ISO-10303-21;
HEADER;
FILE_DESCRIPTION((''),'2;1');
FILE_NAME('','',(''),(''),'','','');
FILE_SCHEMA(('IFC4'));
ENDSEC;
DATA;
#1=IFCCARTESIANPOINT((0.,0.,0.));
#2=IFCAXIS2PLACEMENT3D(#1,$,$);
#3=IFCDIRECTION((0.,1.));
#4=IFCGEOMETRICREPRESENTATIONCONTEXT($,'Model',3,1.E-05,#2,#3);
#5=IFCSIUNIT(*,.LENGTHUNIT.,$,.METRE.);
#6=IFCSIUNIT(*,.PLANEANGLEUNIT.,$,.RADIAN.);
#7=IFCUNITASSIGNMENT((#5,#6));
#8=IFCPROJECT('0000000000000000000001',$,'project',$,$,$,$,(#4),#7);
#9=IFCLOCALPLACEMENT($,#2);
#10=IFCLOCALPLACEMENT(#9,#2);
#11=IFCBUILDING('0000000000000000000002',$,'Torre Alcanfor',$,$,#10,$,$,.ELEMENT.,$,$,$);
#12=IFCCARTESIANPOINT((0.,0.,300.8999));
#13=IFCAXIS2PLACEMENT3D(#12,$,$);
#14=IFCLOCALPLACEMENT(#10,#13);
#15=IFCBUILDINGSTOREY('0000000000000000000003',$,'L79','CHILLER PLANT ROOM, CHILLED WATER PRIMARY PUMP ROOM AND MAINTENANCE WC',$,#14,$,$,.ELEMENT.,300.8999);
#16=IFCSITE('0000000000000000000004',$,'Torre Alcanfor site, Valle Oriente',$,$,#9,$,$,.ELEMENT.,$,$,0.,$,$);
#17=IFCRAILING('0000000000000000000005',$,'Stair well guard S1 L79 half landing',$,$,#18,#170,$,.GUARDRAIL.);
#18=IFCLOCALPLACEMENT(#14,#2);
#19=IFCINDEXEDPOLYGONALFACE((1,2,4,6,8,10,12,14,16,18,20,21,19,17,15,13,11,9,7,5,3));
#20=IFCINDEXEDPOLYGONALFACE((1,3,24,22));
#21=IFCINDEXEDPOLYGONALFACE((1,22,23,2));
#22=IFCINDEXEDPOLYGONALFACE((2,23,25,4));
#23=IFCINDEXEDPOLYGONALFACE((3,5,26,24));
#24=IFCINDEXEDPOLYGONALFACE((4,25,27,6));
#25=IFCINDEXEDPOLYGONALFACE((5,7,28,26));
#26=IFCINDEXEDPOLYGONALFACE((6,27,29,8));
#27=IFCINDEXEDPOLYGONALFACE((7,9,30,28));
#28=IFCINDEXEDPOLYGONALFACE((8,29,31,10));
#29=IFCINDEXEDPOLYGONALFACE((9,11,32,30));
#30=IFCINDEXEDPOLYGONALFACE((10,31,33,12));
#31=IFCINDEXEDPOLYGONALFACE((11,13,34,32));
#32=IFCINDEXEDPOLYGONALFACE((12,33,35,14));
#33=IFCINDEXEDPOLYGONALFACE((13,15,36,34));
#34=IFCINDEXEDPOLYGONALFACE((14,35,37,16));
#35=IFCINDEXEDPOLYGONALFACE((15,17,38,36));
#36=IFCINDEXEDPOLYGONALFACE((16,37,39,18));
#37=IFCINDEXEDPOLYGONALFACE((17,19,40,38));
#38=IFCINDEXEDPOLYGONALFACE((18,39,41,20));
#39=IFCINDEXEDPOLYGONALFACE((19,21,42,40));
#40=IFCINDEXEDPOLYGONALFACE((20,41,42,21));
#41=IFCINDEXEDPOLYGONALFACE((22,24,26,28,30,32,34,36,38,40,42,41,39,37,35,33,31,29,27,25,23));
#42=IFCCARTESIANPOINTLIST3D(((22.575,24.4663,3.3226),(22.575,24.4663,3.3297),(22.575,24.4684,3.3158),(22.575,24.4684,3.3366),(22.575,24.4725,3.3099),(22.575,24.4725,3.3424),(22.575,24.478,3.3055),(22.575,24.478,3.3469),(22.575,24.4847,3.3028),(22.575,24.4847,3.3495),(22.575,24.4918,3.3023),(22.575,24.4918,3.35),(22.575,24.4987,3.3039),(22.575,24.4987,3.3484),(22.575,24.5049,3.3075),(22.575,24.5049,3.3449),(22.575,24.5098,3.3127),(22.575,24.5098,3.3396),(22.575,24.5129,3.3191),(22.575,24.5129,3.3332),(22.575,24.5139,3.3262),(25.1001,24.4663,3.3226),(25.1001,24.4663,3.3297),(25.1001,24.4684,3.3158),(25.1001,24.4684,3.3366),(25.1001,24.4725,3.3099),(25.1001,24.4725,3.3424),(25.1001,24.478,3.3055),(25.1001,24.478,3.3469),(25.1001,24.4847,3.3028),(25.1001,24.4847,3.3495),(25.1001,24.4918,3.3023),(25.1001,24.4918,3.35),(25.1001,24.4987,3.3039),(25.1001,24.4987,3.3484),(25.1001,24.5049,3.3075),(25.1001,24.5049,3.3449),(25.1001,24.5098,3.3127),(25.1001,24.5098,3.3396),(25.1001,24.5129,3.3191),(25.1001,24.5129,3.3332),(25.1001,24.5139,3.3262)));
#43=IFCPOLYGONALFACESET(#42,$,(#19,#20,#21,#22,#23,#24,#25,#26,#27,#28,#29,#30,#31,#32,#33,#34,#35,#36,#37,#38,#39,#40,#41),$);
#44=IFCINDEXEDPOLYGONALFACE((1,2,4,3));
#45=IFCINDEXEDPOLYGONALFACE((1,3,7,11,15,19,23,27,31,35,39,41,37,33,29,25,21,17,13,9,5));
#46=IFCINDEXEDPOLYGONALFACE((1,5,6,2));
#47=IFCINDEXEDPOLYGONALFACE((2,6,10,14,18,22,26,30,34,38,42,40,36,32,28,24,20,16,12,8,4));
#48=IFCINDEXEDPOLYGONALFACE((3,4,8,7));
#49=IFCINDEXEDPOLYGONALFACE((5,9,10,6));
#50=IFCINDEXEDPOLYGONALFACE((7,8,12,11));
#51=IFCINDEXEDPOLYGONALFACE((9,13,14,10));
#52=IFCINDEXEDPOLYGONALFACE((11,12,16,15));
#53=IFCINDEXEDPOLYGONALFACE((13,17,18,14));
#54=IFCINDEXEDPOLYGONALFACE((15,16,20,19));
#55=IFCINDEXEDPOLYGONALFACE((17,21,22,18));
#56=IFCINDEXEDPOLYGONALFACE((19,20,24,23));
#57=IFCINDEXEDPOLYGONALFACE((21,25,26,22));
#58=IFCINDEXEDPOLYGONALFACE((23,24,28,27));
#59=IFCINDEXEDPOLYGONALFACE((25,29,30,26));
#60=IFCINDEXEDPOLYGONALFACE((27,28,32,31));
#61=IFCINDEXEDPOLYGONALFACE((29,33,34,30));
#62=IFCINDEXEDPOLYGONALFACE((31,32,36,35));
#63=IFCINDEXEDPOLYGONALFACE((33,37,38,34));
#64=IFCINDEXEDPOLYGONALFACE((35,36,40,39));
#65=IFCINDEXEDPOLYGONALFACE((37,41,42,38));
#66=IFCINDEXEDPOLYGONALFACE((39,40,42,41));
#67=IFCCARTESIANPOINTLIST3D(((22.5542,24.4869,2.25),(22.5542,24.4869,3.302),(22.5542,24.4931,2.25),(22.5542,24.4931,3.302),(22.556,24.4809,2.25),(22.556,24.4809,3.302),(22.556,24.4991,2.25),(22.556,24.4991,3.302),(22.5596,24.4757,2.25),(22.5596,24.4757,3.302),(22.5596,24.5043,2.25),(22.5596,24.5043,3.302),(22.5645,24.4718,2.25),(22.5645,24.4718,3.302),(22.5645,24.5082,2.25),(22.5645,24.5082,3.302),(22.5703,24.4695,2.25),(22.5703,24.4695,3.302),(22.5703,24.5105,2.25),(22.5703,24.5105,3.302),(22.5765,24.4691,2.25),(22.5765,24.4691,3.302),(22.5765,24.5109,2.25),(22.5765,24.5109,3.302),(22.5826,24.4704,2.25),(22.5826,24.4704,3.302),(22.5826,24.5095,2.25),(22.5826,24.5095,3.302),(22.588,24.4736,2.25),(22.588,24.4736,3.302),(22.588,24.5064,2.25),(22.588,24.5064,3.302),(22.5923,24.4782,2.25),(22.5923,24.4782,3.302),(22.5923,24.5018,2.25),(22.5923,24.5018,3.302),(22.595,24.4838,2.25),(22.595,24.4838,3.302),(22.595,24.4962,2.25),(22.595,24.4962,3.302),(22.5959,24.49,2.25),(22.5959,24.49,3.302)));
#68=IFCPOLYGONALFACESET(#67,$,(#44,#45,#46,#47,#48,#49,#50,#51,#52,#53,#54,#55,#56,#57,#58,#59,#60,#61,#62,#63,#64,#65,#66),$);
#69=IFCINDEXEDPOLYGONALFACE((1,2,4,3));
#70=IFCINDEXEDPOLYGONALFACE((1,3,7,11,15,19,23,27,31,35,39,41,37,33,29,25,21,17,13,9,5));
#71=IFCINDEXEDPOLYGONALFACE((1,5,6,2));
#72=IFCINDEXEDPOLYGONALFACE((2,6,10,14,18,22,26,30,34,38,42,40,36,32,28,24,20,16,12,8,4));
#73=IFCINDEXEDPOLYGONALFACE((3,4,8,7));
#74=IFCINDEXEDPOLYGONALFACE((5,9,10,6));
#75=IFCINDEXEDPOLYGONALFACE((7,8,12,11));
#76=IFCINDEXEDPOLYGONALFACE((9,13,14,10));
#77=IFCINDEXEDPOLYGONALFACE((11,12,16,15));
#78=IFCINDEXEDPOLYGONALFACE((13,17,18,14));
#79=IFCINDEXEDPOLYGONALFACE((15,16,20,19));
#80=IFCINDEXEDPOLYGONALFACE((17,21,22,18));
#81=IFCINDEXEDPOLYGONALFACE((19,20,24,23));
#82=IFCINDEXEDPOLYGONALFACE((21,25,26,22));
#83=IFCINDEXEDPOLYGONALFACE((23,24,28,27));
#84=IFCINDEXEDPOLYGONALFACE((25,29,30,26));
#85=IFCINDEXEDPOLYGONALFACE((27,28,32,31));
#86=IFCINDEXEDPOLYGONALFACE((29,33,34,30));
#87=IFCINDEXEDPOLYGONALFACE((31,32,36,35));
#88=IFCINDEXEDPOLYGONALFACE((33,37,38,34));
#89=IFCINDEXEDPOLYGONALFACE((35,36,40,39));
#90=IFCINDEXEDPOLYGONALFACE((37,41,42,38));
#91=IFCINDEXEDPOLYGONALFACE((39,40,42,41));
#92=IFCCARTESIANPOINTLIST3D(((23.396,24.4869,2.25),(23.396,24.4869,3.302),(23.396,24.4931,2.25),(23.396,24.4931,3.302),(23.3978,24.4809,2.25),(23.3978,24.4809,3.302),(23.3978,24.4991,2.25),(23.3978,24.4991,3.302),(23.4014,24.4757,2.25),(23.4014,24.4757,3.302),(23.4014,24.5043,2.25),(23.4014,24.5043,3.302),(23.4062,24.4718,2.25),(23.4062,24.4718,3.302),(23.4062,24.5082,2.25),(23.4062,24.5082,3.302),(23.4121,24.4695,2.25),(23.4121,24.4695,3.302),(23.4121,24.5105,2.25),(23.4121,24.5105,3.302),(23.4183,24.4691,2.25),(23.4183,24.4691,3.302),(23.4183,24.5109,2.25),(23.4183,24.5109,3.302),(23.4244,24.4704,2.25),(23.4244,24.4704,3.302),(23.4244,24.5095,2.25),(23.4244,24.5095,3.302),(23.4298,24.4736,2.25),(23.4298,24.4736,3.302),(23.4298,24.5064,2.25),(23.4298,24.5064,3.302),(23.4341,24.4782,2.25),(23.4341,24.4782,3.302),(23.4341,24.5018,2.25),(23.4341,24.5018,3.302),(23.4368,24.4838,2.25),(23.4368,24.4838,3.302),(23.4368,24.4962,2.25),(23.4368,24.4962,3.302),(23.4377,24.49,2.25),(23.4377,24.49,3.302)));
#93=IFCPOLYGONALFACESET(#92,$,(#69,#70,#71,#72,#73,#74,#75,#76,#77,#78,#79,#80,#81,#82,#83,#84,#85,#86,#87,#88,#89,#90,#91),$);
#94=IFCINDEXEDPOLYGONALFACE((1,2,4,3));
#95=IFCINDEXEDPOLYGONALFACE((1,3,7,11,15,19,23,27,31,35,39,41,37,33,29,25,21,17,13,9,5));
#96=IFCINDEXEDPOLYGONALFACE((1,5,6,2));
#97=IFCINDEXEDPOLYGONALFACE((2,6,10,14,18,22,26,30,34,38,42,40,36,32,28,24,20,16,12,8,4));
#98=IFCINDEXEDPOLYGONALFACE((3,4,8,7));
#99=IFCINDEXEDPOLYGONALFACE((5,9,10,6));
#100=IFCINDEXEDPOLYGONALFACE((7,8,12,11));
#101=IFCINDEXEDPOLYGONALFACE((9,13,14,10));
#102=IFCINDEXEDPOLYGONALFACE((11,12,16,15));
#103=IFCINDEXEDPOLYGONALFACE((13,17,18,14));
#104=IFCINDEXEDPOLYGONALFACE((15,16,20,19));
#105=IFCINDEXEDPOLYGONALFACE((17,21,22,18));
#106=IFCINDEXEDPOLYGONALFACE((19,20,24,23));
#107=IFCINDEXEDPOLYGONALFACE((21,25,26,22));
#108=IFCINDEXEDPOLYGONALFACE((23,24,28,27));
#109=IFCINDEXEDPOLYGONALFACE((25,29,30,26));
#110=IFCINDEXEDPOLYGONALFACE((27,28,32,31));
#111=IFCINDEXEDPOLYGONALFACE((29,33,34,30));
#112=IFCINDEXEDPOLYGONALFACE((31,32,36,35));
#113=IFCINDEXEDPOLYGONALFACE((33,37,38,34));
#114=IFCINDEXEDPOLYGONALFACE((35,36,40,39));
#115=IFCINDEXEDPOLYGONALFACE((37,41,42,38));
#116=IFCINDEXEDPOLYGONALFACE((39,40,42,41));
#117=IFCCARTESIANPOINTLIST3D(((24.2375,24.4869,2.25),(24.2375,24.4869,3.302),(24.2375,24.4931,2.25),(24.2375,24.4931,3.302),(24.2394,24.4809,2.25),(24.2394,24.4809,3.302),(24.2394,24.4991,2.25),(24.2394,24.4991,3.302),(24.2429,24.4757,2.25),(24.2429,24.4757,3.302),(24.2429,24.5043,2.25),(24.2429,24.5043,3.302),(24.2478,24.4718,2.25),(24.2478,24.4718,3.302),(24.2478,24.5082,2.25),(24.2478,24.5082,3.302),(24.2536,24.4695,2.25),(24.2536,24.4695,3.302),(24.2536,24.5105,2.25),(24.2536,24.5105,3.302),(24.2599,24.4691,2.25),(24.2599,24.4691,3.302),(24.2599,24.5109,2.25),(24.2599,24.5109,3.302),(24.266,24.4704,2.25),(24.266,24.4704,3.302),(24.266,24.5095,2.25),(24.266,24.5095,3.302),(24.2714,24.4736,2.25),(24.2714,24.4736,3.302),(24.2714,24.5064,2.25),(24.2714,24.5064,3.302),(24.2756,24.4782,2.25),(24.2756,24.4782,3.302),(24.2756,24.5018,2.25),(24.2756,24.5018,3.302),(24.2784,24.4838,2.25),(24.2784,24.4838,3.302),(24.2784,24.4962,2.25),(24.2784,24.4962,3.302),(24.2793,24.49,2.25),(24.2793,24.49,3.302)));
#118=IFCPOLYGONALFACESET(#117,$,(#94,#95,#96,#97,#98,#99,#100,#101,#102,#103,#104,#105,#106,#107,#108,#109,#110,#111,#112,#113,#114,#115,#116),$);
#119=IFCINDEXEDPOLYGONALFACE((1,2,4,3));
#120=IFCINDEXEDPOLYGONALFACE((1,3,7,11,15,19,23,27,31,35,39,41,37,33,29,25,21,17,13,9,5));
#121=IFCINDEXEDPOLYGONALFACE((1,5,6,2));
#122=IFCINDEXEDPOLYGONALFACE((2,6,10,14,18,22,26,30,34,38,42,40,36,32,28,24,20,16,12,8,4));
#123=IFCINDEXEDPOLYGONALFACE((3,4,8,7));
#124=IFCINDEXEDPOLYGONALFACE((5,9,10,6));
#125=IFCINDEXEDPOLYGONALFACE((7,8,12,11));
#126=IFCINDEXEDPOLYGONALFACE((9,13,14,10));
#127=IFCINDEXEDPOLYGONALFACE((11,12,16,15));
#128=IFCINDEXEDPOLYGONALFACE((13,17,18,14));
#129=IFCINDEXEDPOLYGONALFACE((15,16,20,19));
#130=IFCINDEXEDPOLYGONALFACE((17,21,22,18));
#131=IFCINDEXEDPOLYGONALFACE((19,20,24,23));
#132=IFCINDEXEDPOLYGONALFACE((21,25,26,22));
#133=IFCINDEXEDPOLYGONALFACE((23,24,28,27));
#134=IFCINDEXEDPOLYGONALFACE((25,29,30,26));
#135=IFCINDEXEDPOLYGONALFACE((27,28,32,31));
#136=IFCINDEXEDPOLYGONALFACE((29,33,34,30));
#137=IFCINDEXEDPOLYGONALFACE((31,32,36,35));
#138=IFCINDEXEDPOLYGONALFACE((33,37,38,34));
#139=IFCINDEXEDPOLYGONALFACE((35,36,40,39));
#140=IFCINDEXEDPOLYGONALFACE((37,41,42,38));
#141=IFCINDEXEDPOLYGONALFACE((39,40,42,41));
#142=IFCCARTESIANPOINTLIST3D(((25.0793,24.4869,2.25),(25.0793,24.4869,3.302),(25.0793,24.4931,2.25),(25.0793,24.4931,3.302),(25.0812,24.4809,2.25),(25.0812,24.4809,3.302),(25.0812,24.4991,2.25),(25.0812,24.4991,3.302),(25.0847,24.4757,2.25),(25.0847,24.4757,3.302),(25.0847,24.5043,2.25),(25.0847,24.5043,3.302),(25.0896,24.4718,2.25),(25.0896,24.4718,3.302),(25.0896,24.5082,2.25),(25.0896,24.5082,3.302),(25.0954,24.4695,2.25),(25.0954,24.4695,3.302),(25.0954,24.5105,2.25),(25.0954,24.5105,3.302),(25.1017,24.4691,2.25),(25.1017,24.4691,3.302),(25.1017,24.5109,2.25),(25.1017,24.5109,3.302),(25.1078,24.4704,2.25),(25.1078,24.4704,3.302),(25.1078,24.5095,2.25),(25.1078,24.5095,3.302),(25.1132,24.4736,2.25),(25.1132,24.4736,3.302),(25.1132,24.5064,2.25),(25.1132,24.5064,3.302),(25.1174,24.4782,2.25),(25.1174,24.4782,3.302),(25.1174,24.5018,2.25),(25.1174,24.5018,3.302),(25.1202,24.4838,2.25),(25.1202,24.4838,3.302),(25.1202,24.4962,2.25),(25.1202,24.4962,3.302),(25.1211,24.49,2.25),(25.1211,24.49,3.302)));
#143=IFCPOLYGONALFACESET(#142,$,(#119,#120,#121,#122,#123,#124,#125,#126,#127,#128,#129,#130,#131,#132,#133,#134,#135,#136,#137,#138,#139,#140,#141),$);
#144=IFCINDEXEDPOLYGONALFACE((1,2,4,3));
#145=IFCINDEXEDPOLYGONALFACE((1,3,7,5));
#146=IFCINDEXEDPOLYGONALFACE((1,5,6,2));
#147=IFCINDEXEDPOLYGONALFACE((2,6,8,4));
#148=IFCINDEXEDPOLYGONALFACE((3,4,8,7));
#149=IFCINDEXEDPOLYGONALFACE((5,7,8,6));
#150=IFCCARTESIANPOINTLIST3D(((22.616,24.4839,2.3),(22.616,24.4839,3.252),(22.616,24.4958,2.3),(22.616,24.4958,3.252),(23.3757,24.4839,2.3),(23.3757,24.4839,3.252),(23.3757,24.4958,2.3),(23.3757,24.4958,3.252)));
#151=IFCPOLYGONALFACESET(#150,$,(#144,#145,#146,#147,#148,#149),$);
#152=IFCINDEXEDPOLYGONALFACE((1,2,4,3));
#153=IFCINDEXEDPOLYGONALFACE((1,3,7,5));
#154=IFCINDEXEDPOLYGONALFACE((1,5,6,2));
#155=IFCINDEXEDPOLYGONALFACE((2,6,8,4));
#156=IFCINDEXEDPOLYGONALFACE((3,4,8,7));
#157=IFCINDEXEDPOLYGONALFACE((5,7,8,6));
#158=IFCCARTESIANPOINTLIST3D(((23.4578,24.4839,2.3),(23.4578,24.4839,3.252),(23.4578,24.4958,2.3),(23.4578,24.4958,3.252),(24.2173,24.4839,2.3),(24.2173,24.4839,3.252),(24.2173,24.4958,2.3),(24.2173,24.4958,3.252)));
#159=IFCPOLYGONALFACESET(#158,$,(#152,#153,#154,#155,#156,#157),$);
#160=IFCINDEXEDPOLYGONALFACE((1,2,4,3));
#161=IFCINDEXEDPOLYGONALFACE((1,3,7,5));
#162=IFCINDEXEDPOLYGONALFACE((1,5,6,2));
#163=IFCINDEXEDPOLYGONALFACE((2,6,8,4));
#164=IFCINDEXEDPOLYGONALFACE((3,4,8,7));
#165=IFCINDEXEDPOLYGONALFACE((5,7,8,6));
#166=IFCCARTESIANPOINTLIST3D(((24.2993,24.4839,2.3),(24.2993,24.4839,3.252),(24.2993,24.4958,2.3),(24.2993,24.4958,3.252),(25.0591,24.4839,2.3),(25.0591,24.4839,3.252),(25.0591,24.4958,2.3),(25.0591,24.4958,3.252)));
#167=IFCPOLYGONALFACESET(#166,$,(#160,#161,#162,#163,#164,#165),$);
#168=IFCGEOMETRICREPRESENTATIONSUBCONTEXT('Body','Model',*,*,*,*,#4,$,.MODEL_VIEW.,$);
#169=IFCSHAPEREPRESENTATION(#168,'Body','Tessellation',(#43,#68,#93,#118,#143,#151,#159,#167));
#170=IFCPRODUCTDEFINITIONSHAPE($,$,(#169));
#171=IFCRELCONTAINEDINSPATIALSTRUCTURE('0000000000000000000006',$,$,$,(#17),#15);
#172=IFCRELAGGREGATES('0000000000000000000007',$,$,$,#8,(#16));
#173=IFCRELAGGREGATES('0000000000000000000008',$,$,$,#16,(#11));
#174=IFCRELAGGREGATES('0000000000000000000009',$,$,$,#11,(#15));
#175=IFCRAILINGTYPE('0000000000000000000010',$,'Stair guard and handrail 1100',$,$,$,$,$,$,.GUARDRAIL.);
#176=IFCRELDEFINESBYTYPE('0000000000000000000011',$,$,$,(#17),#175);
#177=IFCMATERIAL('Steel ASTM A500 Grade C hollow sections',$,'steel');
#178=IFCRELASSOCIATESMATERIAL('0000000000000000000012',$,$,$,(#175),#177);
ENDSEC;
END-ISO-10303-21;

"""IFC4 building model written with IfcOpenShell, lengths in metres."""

from ifc_helpers import new_model, si_unit, direction, frame, origin, origin_2d, place, context, subcontext, project, spatial, polyline, circle, outline, extrude, material, type_object, element, save


model = new_model("IFC4")

# Units and contexts
model_context = context("Model", 3, precision=1e-05, world=origin(), true_north=direction((0.0, 1.0)))
body_context = subcontext(model_context, "Body", "Model", "MODEL_VIEW")
ifc_project = project(units=[si_unit("LENGTHUNIT", "METRE"), si_unit("PLANEANGLEUNIT", "RADIAN")], contexts=[model_context])

# Site, building, storey
site_placement = place(None, origin())
site = spatial("IfcSite", under=ifc_project, at=site_placement, Name="Torre Alcanfor site, Valle Oriente", CompositionType="ELEMENT", RefElevation=0.0)
building_placement = place(site_placement, origin())
building = spatial("IfcBuilding", under=site, at=building_placement, Name="Torre Alcanfor", CompositionType="ELEMENT")
storey_placement = place(building_placement, frame((0.0, 0.0, 300.8999)))
storey = spatial("IfcBuildingStorey", under=building, at=storey_placement, Name="L79", Description="CHILLER PLANT ROOM, CHILLED WATER PRIMARY PUMP ROOM AND MAINTENANCE WC", CompositionType="ELEMENT", Elevation=300.8999)

# Railing
ifc_material_1 = material(Name="Steel ASTM A500 Grade C hollow sections", Category="steel")
railing_type_1 = type_object("IfcRailingType", Name="Stair guard and handrail 1100", PredefinedType="GUARDRAIL", material=ifc_material_1)
for number, where, name in (
    (1, (22.575, 24.49, 2.25), "Stair well guard S1 L79 half landing"),
):
    element("IfcRailing", number, at=place(storey_placement, frame(where)), inside=storey, type_object=railing_type_1, Name=name, PredefinedType="GUARDRAIL", context=body_context, shape_type="SweptSolid", body=[
        extrude(circle(Radius=0.0239, at=origin_2d()), frame((0.0, 0.0, 1.0762), z_axis=(1.0, 0.0, 0.0), x_axis=(0.0, 1.0, 0.0)), (0.0, 0.0, 1.0), 2.5251),
        extrude(circle(Radius=0.021, at=origin_2d()), origin(), (0.0, 0.0, 1.0), 1.052),
        extrude(circle(Radius=0.021, at=origin_2d()), frame((0.8418, 0.0, 0.0)), (0.0, 0.0, 1.0), 1.052),
        extrude(circle(Radius=0.021, at=origin_2d()), frame((1.6833, 0.0, 0.0)), (0.0, 0.0, 1.0), 1.052),
        extrude(circle(Radius=0.021, at=origin_2d()), frame((2.5251, 0.0, 0.0)), (0.0, 0.0, 1.0), 1.052),
        extrude(outline(polyline([(0.041, 0.05), (0.8008, 0.05), (0.8008, 1.002), (0.041, 1.002), (0.041, 0.05)])), frame((0.0, 0.0059, 0.0), z_axis=(0.0, -1.0, 0.0), x_axis=(1.0, 0.0, 0.0)), (0.0, 0.0, 1.0), 0.012),
        extrude(outline(polyline([(0.8828, 0.05), (1.6423, 0.05), (1.6423, 1.002), (0.8828, 1.002), (0.8828, 0.05)])), frame((0.0, 0.0059, 0.0), z_axis=(0.0, -1.0, 0.0), x_axis=(1.0, 0.0, 0.0)), (0.0, 0.0, 1.0), 0.012),
        extrude(outline(polyline([(1.7244, 0.05), (2.4841, 0.05), (2.4841, 1.002), (1.7244, 1.002), (1.7244, 0.05)])), frame((0.0, 0.0059, 0.0), z_axis=(0.0, -1.0, 0.0), x_axis=(1.0, 0.0, 0.0)), (0.0, 0.0, 1.0), 0.012),
    ])

save(model, "model.ifc")
